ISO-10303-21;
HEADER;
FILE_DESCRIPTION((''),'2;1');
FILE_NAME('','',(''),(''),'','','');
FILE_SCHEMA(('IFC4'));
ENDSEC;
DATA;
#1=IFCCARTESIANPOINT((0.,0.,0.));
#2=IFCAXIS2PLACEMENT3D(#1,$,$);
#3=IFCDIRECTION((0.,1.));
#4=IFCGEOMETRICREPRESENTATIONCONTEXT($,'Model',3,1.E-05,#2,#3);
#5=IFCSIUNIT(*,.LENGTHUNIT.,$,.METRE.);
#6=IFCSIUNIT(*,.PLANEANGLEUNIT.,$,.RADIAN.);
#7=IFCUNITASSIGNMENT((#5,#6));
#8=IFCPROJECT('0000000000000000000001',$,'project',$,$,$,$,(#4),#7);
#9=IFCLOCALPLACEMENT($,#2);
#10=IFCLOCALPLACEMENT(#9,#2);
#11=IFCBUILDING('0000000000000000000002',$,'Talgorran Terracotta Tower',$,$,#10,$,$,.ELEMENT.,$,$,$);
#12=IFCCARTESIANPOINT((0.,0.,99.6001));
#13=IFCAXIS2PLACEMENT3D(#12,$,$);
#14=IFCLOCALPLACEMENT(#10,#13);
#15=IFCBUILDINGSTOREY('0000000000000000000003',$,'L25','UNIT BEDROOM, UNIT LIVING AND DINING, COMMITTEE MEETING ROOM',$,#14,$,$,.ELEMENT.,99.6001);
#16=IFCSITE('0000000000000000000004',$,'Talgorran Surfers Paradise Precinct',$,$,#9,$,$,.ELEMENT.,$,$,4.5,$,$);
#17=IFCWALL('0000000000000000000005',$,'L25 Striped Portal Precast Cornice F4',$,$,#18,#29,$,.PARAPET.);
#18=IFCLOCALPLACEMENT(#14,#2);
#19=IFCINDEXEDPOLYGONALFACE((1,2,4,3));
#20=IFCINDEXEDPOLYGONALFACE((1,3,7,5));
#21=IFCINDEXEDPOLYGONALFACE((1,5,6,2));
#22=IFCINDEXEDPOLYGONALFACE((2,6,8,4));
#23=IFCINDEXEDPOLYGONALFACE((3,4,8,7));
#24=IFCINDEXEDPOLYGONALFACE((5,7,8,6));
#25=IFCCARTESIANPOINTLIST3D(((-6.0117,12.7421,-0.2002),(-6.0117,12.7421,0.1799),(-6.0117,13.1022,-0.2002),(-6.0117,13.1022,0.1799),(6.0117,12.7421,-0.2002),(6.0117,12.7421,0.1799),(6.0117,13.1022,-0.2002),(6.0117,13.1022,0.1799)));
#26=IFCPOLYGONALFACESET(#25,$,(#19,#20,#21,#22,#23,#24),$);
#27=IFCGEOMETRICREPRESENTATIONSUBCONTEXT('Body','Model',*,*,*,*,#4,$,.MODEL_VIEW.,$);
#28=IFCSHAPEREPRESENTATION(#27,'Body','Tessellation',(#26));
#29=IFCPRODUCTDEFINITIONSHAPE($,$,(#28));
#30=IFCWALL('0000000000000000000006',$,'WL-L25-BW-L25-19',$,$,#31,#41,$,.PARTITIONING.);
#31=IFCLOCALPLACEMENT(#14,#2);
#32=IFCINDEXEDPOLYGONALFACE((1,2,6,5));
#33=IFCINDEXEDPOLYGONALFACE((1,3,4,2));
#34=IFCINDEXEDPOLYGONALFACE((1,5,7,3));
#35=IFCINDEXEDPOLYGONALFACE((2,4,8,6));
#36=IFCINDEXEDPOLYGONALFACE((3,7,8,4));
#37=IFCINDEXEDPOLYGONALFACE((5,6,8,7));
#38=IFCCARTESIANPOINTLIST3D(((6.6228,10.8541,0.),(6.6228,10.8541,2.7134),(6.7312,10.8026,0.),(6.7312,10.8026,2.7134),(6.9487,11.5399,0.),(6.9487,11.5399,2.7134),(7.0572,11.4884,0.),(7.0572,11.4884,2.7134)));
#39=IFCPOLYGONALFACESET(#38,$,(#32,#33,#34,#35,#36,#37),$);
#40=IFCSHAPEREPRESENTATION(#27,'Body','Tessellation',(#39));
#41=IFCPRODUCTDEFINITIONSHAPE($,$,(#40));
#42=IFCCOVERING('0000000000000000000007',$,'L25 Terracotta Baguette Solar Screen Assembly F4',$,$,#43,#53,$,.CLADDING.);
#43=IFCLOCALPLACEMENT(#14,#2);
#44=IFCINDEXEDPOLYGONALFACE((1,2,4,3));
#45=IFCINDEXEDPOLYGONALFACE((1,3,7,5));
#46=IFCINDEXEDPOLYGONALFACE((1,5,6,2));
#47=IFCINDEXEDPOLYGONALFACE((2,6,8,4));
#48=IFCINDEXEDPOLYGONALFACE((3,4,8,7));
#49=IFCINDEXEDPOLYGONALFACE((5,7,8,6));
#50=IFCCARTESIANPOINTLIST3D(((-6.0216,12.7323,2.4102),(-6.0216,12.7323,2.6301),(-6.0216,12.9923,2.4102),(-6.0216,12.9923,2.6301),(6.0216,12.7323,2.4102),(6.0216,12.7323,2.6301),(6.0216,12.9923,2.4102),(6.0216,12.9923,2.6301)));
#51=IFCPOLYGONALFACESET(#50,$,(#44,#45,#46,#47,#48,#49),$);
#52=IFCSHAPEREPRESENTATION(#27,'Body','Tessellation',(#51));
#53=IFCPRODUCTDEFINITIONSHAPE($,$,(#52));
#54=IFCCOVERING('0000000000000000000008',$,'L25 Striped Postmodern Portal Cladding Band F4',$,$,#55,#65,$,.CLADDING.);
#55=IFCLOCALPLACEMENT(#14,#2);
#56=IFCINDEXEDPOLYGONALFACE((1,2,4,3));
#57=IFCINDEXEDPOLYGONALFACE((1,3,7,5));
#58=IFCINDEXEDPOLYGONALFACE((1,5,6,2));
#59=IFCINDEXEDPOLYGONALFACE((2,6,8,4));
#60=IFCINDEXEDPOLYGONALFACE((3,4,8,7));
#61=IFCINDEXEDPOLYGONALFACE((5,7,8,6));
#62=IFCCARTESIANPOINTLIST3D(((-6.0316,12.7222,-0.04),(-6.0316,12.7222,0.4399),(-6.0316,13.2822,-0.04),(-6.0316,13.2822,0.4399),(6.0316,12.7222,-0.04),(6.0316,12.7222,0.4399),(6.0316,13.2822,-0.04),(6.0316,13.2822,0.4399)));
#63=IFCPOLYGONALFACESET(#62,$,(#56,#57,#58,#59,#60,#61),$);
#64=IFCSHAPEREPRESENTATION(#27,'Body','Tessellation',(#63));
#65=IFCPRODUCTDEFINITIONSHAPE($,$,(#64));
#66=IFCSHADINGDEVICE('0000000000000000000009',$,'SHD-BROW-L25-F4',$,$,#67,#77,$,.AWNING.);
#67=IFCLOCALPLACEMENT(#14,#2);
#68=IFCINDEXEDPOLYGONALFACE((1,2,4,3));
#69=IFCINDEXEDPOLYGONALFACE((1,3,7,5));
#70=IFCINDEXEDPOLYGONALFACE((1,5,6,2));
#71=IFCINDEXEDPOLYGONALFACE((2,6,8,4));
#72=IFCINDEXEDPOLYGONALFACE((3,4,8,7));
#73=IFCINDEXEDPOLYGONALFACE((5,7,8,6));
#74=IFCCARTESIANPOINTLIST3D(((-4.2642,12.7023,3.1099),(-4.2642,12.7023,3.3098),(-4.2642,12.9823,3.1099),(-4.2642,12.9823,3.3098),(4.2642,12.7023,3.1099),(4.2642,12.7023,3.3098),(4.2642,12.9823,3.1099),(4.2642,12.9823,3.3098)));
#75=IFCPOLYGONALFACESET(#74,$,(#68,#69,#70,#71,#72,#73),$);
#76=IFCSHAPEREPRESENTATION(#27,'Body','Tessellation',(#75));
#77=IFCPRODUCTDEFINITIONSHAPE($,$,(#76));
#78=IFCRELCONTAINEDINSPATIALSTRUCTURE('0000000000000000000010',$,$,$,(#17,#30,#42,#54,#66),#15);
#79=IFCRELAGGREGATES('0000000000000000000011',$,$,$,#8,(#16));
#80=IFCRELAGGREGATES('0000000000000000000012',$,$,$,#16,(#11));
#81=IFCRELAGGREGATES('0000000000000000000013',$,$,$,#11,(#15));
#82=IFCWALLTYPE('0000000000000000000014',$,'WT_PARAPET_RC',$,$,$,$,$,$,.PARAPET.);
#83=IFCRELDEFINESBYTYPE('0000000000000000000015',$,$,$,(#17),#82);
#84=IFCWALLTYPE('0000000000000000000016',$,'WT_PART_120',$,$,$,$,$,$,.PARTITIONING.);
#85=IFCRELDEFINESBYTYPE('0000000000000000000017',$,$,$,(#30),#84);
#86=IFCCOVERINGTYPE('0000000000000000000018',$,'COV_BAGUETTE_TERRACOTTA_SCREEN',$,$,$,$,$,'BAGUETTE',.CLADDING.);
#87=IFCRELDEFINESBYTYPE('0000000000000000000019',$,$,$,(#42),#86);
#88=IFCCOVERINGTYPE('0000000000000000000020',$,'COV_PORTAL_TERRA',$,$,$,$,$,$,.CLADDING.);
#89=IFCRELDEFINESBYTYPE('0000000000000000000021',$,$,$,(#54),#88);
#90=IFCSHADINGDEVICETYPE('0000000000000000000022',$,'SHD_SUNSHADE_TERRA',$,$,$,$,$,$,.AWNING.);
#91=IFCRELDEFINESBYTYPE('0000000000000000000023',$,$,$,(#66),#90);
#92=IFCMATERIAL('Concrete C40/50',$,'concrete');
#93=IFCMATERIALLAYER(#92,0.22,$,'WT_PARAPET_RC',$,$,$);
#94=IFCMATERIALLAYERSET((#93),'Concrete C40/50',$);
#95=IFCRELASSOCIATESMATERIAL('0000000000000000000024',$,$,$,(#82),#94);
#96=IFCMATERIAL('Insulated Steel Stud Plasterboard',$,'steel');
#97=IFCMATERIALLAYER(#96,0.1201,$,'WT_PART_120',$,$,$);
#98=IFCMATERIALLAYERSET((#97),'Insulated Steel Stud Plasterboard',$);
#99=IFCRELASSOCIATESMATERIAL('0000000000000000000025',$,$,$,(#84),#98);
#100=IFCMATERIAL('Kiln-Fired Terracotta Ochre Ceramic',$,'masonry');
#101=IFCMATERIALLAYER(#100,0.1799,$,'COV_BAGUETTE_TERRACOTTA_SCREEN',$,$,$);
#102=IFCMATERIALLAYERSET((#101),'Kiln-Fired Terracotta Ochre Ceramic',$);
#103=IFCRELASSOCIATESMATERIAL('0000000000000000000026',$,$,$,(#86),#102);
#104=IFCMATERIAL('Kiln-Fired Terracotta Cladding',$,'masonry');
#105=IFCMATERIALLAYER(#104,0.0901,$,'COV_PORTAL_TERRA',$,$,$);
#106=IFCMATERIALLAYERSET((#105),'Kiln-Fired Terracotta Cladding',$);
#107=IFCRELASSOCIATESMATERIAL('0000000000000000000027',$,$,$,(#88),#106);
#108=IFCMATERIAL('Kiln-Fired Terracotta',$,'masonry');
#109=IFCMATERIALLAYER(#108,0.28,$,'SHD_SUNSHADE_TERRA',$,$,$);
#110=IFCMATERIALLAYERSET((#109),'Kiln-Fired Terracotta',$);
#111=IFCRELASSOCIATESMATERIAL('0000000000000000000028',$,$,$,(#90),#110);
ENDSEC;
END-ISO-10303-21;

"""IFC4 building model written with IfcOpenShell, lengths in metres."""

from ifc_helpers import new_model, si_unit, direction, frame, frame_2d, origin, origin_2d, place, context, subcontext, project, spatial, rectangle, extrude, source, transform, mapped, material, layer, layer_set, type_object, type_shapes, element, save


model = new_model("IFC4")

# Units and contexts
model_context = context("Model", 3, precision=1e-05, world=origin(), true_north=direction((0.0, 1.0)))
body_context = subcontext(model_context, "Body", "Model", "MODEL_VIEW")
ifc_project = project(units=[si_unit("LENGTHUNIT", "METRE"), si_unit("PLANEANGLEUNIT", "RADIAN")], contexts=[model_context])

# Site, building, storey
site_placement = place(None, origin())
site = spatial("IfcSite", under=ifc_project, at=site_placement, Name="Talgorran Surfers Paradise Precinct", CompositionType="ELEMENT", RefElevation=4.5)
building_placement = place(site_placement, origin())
building = spatial("IfcBuilding", under=site, at=building_placement, Name="Talgorran Terracotta Tower", CompositionType="ELEMENT")
storey_placement = place(building_placement, frame((0.0, 0.0, 99.6001)))
storey = spatial("IfcBuildingStorey", under=building, at=storey_placement, Name="L25", Description="UNIT BEDROOM, UNIT LIVING AND DINING, COMMITTEE MEETING ROOM", CompositionType="ELEMENT", Elevation=99.6001)

# Walls
ifc_material_1 = material(Name="Concrete C40/50", Category="concrete")
ifc_layer_1 = layer(ifc_material_1, 0.22, Name="WT_PARAPET_RC")
ifc_layer_set_1 = layer_set([ifc_layer_1], Name="Concrete C40/50")
wall_type_1 = type_object("IfcWallType", Name="WT_PARAPET_RC", PredefinedType="PARAPET", material=ifc_layer_set_1)
wall_1_placement = place(storey_placement, frame((6.0117, 12.9221, -0.2002), z_axis=(0.0, 0.0, 1.0), x_axis=(-1.0, 0.0, 0.0)))
element("IfcWall", 1, at=wall_1_placement, inside=storey, type_object=wall_type_1, Name="L25 Striped Portal Precast Cornice F4", PredefinedType="PARAPET", context=body_context, shape_type="SweptSolid", body=[
    extrude(rectangle(XDim=12.0234, YDim=0.3601, at=frame_2d((6.0117, 0.0))), origin(), (0.0, 0.0, 1.0), 0.3801),
])
ifc_material_2 = material(Name="Insulated Steel Stud Plasterboard", Category="steel")
ifc_layer_2 = layer(ifc_material_2, 0.1201, Name="WT_PART_120")
ifc_layer_set_2 = layer_set([ifc_layer_2], Name="Insulated Steel Stud Plasterboard")
wall_type_2 = type_object("IfcWallType", Name="WT_PART_120", PredefinedType="PARTITIONING", material=ifc_layer_set_2)
wall_2_placement = place(storey_placement, frame((6.677, 10.8284, 0.0), z_axis=(0.0, 0.0, 1.0), x_axis=(0.429247, 0.903187, 0.0)))
element("IfcWall", 2, at=wall_2_placement, inside=storey, type_object=wall_type_2, Name="WL-L25-BW-L25-19", PredefinedType="PARTITIONING", context=body_context, shape_type="SweptSolid", body=[
    extrude(rectangle(XDim=0.7593, YDim=0.1201, at=frame_2d((0.3796, 0.0))), origin(), (0.0, 0.0, 1.0), 2.7134),
])

# Coverings
ifc_material_3 = material(Name="Kiln-Fired Terracotta Ochre Ceramic", Category="masonry")
ifc_layer_3 = layer(ifc_material_3, 0.1799, Name="COV_BAGUETTE_TERRACOTTA_SCREEN")
ifc_layer_set_3 = layer_set([ifc_layer_3], Name="Kiln-Fired Terracotta Ochre Ceramic")
covering_type_1 = type_object("IfcCoveringType", Name="COV_BAGUETTE_TERRACOTTA_SCREEN", ElementType="BAGUETTE", PredefinedType="CLADDING", material=ifc_layer_set_3)
covering_1_placement = place(storey_placement, frame((0.0, 12.8623, 2.4102), z_axis=(0.0, 0.0, 1.0), x_axis=(-1.0, 0.0, 0.0)))
element("IfcCovering", 3, at=covering_1_placement, inside=storey, type_object=covering_type_1, Name="L25 Terracotta Baguette Solar Screen Assembly F4", PredefinedType="CLADDING", context=body_context, shape_type="SweptSolid", body=[
    extrude(rectangle(XDim=12.0432, YDim=0.26, at=origin_2d()), origin(), (0.0, 0.0, 1.0), 0.22),
])
ifc_material_4 = material(Name="Kiln-Fired Terracotta Cladding", Category="masonry")
ifc_layer_4 = layer(ifc_material_4, 0.0901, Name="COV_PORTAL_TERRA")
ifc_layer_set_4 = layer_set([ifc_layer_4], Name="Kiln-Fired Terracotta Cladding")
covering_type_2 = type_object("IfcCoveringType", Name="COV_PORTAL_TERRA", PredefinedType="CLADDING", material=ifc_layer_set_4)
covering_2_placement = place(storey_placement, frame((0.0, 13.0022, -0.04), z_axis=(0.0, 0.0, 1.0), x_axis=(-1.0, 0.0, 0.0)))
element("IfcCovering", 4, at=covering_2_placement, inside=storey, type_object=covering_type_2, Name="L25 Striped Postmodern Portal Cladding Band F4", PredefinedType="CLADDING", context=body_context, shape_type="SweptSolid", body=[
    extrude(rectangle(XDim=12.0632, YDim=0.5601, at=origin_2d()), origin(), (0.0, 0.0, 1.0), 0.48),
])

# Shading device
ifc_material_5 = material(Name="Kiln-Fired Terracotta", Category="masonry")
ifc_layer_5 = layer(ifc_material_5, 0.28, Name="SHD_SUNSHADE_TERRA")
ifc_layer_set_5 = layer_set([ifc_layer_5], Name="Kiln-Fired Terracotta")
shading_device_type = type_object("IfcShadingDeviceType", Name="SHD_SUNSHADE_TERRA", PredefinedType="AWNING", material=ifc_layer_set_5)
shared_shape_1 = source(origin(), body_context, "Body", "SweptSolid", [
    extrude(rectangle(XDim=8.5283, YDim=0.28, at=origin_2d()), origin(), (0.0, 0.0, 1.0), 0.2),
])
type_shapes(shading_device_type, [shared_shape_1])
shading_device_placement = place(storey_placement, frame((0.0, 12.8423, 3.1099), z_axis=(0.0, 0.0, 1.0), x_axis=(-1.0, 0.0, 0.0)))
element("IfcShadingDevice", 5, at=shading_device_placement, inside=storey, type_object=shading_device_type, Name="SHD-BROW-L25-F4", PredefinedType="AWNING", context=body_context, shape_type="MappedRepresentation", body=[
    mapped(shared_shape_1, transform((0.0, 0.0, 0.0), scale=1.0)),
])

save(model, "model.ifc")
